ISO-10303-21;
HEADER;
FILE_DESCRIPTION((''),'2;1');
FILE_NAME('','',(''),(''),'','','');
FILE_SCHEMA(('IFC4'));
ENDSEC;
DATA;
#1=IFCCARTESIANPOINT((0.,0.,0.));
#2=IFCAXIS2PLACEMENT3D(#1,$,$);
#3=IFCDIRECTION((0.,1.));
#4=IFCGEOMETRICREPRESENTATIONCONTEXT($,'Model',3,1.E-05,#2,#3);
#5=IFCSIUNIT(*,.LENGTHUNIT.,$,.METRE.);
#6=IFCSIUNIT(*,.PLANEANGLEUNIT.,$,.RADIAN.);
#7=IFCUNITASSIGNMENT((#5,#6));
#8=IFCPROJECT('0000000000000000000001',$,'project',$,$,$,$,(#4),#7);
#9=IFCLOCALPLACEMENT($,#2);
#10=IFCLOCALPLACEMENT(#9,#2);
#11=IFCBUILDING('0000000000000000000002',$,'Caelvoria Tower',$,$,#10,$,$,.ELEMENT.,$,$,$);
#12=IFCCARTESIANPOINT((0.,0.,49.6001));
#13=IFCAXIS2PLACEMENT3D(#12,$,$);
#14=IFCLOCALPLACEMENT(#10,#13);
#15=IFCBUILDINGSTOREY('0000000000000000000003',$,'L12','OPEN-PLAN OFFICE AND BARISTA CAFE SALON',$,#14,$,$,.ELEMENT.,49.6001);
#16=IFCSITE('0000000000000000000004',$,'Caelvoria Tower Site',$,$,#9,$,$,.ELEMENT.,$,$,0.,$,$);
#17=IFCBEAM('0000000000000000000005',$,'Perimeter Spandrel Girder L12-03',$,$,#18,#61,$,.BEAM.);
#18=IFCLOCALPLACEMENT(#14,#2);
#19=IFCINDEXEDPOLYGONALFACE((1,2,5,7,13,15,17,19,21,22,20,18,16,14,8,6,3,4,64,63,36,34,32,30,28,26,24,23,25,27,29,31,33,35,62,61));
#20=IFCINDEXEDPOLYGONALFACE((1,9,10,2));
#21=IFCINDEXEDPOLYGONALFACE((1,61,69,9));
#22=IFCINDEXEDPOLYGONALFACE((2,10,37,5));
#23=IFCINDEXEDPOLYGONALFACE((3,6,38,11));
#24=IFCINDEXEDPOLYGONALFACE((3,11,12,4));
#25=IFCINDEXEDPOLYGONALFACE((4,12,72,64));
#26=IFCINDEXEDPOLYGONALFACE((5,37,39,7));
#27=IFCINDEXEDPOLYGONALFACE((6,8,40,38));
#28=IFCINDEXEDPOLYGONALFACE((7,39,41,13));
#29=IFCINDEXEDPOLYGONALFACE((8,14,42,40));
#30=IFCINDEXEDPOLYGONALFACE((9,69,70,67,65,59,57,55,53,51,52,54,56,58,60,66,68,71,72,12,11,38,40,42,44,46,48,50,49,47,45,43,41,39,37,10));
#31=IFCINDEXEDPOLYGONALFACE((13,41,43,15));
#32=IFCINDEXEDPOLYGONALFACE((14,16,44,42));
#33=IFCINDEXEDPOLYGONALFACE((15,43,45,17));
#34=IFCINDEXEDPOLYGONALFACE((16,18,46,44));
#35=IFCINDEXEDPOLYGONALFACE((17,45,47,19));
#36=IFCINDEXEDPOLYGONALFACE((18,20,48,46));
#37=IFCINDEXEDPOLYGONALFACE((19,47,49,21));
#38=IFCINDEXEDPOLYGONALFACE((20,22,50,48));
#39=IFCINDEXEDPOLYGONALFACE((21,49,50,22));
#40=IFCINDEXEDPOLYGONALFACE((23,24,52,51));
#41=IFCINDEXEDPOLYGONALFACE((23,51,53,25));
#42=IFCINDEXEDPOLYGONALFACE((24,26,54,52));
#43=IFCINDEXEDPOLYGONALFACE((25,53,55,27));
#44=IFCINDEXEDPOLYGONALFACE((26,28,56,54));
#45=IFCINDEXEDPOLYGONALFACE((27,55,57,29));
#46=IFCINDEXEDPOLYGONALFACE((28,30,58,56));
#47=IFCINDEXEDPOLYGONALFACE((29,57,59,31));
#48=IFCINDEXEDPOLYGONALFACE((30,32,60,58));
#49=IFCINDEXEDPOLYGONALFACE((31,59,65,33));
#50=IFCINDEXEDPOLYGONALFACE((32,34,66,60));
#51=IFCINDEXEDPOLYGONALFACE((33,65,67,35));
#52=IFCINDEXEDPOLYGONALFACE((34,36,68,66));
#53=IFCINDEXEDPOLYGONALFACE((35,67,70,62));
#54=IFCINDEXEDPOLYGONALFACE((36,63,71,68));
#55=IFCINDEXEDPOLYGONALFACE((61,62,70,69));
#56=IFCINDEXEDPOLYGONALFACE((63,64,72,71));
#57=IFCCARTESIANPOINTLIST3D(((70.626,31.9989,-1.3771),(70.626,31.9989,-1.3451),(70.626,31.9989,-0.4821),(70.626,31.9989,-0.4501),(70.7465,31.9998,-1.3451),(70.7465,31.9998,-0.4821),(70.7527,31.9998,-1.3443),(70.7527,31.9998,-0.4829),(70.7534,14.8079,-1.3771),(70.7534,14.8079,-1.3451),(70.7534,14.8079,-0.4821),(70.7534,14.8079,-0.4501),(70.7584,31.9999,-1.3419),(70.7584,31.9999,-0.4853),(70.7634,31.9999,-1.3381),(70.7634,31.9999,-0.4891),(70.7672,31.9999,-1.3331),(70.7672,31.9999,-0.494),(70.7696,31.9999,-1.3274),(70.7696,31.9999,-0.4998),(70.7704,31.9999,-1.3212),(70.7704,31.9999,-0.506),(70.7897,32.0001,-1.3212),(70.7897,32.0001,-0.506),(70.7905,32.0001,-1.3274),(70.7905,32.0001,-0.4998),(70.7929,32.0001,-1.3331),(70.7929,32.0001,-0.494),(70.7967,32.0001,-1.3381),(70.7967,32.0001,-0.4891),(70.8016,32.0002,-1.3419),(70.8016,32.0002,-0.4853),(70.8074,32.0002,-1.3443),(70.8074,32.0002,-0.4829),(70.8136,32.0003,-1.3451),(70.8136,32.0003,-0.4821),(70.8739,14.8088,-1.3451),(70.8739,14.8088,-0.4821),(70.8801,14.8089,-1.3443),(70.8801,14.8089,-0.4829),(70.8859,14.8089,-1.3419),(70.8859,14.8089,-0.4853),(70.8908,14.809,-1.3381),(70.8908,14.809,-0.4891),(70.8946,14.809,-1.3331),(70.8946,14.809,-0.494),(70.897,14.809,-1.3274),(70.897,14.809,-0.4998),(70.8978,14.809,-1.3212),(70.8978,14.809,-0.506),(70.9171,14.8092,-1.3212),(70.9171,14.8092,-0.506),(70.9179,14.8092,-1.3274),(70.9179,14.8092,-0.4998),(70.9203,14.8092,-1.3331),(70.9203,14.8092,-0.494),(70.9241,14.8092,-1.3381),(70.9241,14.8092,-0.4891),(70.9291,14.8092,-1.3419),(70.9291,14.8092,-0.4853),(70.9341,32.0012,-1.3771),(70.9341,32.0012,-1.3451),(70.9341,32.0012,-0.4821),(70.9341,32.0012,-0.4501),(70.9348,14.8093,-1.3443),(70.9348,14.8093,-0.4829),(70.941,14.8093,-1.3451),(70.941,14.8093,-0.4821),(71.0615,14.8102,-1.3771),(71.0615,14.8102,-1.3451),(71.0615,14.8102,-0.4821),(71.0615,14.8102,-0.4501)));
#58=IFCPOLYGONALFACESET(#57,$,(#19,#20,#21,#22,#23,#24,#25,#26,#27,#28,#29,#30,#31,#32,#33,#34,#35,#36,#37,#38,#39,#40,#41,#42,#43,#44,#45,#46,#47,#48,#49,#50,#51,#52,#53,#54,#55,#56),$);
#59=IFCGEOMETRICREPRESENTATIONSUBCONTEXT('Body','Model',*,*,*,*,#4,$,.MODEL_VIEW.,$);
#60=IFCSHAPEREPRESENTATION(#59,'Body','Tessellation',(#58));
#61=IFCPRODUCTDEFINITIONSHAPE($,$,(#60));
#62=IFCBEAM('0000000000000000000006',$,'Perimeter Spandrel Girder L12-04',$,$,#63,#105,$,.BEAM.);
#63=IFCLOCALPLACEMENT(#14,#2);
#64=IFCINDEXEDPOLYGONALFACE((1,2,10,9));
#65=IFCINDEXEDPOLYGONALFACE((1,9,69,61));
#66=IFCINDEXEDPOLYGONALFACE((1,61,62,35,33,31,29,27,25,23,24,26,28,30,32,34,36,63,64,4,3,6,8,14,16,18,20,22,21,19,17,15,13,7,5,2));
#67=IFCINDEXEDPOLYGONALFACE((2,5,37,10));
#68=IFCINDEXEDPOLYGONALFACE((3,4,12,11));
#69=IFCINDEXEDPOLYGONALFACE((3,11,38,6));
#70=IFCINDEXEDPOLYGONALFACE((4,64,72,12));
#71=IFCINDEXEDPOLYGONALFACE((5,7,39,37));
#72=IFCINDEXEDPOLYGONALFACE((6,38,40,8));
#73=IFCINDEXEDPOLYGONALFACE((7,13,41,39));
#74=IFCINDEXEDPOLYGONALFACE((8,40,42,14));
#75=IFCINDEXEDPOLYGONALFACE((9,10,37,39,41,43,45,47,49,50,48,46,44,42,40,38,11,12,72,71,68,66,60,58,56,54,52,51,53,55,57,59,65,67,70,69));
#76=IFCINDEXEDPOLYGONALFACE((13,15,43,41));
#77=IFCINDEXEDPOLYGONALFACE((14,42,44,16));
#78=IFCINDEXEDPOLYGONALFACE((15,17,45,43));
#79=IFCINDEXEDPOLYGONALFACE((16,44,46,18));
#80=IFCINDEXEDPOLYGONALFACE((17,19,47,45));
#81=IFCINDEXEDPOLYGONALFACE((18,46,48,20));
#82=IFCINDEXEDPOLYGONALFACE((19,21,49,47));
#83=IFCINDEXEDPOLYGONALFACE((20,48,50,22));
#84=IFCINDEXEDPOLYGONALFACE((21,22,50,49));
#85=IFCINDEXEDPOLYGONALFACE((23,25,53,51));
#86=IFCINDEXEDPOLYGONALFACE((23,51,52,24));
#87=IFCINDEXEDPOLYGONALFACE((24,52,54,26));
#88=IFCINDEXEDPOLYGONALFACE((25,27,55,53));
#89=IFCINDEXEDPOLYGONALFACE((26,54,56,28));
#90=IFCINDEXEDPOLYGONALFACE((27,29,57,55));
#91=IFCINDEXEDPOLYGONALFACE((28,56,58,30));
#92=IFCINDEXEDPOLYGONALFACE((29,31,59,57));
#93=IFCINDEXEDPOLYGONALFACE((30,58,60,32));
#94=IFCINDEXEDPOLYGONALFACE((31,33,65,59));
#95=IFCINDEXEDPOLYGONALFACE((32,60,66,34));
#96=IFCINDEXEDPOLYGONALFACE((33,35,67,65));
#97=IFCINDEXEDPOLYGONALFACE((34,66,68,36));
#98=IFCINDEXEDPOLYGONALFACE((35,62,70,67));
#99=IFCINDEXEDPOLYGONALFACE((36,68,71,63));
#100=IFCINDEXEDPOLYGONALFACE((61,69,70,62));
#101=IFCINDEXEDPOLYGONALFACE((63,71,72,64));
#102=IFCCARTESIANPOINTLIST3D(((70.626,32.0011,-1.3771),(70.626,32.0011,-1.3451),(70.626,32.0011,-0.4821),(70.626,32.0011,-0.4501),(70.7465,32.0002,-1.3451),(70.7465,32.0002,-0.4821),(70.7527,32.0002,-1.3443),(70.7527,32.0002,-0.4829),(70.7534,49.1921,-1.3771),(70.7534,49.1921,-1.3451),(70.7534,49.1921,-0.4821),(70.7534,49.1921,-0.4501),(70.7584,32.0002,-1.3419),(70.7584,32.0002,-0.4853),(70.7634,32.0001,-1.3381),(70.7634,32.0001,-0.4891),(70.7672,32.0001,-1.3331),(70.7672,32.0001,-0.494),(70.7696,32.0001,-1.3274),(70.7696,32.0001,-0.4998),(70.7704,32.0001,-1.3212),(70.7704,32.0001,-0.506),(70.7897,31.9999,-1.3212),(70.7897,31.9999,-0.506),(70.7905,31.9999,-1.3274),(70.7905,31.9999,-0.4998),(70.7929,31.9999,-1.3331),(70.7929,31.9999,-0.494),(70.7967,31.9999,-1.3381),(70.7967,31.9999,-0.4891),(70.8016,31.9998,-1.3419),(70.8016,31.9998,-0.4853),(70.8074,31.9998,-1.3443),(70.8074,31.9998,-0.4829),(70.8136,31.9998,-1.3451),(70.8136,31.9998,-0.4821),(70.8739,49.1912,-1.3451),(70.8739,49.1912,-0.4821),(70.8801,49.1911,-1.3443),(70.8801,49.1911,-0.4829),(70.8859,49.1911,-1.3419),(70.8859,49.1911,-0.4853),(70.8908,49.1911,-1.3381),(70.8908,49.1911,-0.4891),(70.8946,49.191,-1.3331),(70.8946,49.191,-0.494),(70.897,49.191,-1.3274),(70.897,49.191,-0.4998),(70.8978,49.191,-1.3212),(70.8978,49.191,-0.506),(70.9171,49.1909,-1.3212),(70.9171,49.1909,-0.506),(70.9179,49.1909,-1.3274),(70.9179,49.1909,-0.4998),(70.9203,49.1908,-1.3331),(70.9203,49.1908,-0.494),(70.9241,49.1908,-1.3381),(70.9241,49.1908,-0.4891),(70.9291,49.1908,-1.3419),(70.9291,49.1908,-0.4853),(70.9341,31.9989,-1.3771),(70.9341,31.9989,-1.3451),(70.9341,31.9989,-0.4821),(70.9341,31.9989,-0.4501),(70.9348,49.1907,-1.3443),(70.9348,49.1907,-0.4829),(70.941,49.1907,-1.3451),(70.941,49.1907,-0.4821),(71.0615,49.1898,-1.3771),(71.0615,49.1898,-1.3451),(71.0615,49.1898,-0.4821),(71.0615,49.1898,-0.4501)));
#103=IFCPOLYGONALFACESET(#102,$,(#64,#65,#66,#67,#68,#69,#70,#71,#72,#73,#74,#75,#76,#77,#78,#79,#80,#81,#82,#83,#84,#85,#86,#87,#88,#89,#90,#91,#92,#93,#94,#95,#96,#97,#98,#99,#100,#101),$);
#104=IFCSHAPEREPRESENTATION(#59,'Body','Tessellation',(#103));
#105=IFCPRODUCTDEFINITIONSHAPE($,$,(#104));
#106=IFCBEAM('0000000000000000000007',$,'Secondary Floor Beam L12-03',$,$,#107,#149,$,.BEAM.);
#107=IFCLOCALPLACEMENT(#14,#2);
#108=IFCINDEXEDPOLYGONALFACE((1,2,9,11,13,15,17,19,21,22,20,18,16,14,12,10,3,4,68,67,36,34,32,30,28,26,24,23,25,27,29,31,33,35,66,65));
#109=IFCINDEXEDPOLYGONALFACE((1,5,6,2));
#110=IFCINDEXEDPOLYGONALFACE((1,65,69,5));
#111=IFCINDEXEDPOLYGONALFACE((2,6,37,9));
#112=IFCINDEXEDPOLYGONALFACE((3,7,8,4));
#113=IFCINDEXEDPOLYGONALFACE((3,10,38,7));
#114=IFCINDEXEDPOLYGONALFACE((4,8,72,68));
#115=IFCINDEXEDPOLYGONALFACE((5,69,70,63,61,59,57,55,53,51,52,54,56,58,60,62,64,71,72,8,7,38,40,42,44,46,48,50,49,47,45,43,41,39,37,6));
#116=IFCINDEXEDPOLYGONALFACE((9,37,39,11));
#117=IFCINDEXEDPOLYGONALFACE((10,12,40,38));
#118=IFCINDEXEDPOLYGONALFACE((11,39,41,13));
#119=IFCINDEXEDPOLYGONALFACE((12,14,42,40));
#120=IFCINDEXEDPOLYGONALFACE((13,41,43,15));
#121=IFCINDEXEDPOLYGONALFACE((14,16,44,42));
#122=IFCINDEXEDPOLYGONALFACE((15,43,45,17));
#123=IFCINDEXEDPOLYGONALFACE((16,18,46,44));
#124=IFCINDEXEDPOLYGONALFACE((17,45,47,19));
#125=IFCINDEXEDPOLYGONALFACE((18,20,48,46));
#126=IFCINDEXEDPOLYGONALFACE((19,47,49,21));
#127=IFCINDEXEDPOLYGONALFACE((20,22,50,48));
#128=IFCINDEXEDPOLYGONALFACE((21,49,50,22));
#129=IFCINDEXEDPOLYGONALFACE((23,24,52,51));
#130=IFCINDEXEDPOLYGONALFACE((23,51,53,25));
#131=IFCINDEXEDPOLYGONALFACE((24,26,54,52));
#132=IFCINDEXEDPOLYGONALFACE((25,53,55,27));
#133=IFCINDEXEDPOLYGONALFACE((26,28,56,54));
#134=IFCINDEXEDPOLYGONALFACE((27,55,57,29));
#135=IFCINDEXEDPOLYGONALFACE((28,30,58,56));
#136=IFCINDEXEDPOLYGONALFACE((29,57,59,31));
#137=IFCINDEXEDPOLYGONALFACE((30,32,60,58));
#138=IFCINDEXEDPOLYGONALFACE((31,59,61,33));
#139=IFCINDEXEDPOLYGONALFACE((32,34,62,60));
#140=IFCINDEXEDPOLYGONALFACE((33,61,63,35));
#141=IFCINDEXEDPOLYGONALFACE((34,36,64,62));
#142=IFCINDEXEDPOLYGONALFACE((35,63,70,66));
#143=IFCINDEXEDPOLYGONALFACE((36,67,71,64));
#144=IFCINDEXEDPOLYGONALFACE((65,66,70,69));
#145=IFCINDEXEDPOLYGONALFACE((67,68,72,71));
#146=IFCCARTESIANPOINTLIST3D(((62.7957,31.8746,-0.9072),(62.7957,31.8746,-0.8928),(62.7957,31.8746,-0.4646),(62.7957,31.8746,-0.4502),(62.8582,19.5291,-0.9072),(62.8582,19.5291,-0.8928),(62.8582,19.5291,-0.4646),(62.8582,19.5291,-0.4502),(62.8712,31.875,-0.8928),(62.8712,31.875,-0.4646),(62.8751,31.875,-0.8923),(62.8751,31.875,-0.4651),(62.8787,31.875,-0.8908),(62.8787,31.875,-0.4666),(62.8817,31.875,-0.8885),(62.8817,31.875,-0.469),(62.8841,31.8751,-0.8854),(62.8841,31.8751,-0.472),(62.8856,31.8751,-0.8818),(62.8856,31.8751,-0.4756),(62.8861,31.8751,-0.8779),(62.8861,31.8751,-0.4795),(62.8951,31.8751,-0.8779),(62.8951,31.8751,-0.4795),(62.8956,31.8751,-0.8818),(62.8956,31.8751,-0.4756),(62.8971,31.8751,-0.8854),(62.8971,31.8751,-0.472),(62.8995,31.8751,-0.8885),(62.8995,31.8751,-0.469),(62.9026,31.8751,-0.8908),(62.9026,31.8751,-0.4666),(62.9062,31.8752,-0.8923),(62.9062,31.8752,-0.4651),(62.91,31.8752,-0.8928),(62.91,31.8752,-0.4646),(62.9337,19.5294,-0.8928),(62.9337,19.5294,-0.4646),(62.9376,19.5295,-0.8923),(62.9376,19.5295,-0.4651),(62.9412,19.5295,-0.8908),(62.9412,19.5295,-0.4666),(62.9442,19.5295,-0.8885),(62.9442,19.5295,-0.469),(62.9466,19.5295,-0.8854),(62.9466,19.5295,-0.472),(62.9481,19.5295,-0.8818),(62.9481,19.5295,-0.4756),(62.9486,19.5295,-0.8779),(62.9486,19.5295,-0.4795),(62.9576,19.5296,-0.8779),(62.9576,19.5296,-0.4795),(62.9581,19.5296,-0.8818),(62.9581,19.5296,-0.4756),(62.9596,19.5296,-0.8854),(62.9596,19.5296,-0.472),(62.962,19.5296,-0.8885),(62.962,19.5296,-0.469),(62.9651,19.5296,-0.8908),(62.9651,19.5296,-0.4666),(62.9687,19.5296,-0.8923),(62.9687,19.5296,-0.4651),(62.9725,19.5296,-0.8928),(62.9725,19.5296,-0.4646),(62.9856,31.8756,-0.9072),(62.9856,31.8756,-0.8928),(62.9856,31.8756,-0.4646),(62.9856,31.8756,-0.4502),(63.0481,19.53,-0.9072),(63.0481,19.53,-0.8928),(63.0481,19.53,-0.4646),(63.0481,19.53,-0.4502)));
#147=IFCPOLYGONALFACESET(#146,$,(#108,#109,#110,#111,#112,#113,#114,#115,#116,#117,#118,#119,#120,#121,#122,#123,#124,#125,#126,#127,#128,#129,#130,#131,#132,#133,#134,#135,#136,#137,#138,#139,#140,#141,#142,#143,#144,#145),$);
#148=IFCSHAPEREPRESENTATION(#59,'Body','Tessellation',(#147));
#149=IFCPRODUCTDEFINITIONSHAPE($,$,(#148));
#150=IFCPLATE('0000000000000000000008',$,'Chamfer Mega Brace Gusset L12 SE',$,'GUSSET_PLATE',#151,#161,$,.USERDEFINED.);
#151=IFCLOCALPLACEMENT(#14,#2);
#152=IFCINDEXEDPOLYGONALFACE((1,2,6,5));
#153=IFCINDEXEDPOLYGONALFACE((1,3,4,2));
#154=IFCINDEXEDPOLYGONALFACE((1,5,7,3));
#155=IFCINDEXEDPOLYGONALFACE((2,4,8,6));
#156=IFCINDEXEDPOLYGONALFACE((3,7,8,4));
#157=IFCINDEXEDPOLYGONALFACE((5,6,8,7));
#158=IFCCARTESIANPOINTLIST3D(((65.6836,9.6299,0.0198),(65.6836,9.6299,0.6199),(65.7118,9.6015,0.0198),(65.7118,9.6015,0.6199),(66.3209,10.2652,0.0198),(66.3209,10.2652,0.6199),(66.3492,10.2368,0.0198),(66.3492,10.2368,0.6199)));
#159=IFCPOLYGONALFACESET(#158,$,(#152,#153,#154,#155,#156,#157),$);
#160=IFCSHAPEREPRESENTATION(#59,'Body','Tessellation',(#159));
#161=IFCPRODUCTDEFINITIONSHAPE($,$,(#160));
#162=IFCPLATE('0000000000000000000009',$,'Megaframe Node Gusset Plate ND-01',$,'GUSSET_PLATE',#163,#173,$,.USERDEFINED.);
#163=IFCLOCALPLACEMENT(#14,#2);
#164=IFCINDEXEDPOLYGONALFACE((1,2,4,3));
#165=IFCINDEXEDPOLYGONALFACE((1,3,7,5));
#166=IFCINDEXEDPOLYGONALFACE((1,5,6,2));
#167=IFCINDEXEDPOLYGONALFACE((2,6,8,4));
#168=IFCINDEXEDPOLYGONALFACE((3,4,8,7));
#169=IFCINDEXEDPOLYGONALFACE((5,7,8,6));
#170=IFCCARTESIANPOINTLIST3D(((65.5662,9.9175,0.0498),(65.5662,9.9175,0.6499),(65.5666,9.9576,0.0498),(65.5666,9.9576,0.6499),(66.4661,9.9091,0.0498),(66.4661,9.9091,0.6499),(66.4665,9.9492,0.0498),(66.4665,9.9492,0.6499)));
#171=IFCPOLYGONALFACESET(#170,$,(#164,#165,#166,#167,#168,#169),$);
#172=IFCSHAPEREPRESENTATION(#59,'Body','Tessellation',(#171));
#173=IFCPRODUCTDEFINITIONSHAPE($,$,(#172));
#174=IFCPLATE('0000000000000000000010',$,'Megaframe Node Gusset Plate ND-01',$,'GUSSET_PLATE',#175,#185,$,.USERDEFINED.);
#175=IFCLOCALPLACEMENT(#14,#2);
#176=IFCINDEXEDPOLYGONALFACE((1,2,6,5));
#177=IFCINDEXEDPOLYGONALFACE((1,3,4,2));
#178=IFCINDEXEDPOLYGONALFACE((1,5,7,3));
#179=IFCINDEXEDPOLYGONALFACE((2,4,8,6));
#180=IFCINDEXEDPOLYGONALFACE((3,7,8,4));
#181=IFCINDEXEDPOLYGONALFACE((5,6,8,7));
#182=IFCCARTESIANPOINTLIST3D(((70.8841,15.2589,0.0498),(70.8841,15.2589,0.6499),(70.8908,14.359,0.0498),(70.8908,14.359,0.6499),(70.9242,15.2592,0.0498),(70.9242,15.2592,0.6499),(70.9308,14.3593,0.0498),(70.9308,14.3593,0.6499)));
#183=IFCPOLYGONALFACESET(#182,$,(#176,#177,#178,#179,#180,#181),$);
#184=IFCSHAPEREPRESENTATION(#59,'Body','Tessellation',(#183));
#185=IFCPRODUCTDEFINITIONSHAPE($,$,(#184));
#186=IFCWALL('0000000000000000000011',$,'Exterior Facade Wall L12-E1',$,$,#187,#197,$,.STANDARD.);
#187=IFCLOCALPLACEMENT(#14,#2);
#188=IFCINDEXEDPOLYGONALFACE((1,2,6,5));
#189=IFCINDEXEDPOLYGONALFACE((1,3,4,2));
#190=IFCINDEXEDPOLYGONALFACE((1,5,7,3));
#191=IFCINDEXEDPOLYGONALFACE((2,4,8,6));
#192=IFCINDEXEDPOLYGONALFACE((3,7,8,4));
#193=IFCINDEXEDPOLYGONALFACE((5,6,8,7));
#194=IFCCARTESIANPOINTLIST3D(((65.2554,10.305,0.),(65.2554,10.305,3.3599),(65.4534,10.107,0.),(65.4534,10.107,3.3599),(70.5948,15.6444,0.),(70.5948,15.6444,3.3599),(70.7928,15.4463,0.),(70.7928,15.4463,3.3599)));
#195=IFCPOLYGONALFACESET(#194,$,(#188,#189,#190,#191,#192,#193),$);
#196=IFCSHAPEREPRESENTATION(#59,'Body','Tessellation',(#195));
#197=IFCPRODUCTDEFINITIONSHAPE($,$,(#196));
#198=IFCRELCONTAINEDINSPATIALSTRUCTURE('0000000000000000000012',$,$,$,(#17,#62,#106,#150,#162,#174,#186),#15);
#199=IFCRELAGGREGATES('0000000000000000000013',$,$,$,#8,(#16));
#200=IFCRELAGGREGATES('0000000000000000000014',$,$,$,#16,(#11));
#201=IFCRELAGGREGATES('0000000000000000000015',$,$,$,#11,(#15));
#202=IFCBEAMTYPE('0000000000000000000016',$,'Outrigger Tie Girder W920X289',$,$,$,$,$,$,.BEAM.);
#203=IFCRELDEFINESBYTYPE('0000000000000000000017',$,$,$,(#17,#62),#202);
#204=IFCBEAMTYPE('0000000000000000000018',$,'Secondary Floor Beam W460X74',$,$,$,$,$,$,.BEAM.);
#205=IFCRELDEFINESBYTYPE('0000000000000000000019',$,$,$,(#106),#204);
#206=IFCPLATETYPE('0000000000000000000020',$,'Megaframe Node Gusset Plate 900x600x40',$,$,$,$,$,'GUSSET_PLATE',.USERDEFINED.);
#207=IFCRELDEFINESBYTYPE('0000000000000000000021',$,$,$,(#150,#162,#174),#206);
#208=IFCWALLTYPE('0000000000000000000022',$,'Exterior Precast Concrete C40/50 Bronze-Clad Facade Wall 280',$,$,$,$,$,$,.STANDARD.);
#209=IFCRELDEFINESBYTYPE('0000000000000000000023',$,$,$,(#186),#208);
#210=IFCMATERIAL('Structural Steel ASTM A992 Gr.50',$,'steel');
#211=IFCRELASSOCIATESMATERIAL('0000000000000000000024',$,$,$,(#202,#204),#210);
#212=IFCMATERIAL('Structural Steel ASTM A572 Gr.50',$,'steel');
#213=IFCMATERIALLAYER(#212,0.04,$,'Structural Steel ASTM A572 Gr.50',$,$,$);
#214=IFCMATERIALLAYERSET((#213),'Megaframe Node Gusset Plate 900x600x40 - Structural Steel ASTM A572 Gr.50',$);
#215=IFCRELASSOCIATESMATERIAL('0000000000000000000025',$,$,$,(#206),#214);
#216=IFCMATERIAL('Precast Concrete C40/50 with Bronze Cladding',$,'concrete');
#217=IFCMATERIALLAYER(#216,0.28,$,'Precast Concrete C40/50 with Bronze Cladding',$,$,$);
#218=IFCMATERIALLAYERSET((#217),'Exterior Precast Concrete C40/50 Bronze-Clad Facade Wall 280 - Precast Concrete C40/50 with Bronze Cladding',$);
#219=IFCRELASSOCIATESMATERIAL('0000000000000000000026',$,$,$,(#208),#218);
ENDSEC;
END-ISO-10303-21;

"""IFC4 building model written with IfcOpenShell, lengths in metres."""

from ifc_helpers import new_model, si_unit, direction, frame, frame_2d, origin, origin_2d, place, context, subcontext, project, spatial, rectangle, i_section, extrude, material, layer, layer_set, material_profile, profile_set, type_object, element, save


model = new_model("IFC4")

# Units and contexts
model_context = context("Model", 3, precision=1e-05, world=origin(), true_north=direction((0.0, 1.0)))
body_context = subcontext(model_context, "Body", "Model", "MODEL_VIEW")
ifc_project = project(units=[si_unit("LENGTHUNIT", "METRE"), si_unit("PLANEANGLEUNIT", "RADIAN")], contexts=[model_context])

# Site, building, storey
site_placement = place(None, origin())
site = spatial("IfcSite", under=ifc_project, at=site_placement, Name="Caelvoria Tower Site", CompositionType="ELEMENT", RefElevation=0.0)
building_placement = place(site_placement, origin())
building = spatial("IfcBuilding", under=site, at=building_placement, Name="Caelvoria Tower", CompositionType="ELEMENT")
storey_placement = place(building_placement, frame((0.0, 0.0, 49.6001)))
storey = spatial("IfcBuildingStorey", under=building, at=storey_placement, Name="L12", Description="OPEN-PLAN OFFICE AND BARISTA CAFE SALON", CompositionType="ELEMENT", Elevation=49.6001)

# Shared definitions
ifc_material_1 = material(Name="Structural Steel ASTM A572 Gr.50", Category="steel")

# Beams
ifc_material_2 = material(Name="Structural Steel ASTM A992 Gr.50", Category="steel")
ifc_material_profile_1 = material_profile(ifc_material_2, i_section(OverallWidth=0.3081, OverallDepth=0.927, WebThickness=0.0193, FlangeThickness=0.032, FilletRadius=0.0239, at=origin_2d()), Name="Structural Steel ASTM A992 Gr.50")
ifc_profile_set_1 = profile_set([ifc_material_profile_1], Name="W920X289 - Structural Steel ASTM A992 Gr.50")
beam_type_1 = type_object("IfcBeamType", Name="Outrigger Tie Girder W920X289", PredefinedType="BEAM", material=ifc_profile_set_1)
for number, where, z_axis, x_axis, name in (
    (1, (70.9075, 14.8091, -0.9136), (-0.007413, 0.999973, 0.0), (-0.999973, -0.007413, 0.0), "Perimeter Spandrel Girder L12-03"),
    (2, (70.78, 32.0, -0.9136), (0.007413, 0.999973, 0.0), (-0.999973, 0.007413, 0.0), "Perimeter Spandrel Girder L12-04"),
):
    element("IfcBeam", number, at=place(storey_placement, frame(where, z_axis=z_axis, x_axis=x_axis)), inside=storey, type_object=beam_type_1, Name=name, PredefinedType="BEAM", context=body_context, shape_type="SweptSolid", body=[
        extrude(i_section(OverallWidth=0.3081, OverallDepth=0.927, WebThickness=0.0193, FlangeThickness=0.032, FilletRadius=0.0239, at=origin_2d()), origin(), (0.0, 0.0, 1.0), 17.1914),
    ])
ifc_material_profile_2 = material_profile(ifc_material_2, i_section(OverallWidth=0.1899, OverallDepth=0.457, WebThickness=0.009, FlangeThickness=0.0144, FilletRadius=0.0149, at=origin_2d()), Name="Structural Steel ASTM A992 Gr.50")
ifc_profile_set_2 = profile_set([ifc_material_profile_2], Name="W460X74 - Structural Steel ASTM A992 Gr.50")
beam_type_2 = type_object("IfcBeamType", Name="Secondary Floor Beam W460X74", PredefinedType="BEAM", material=ifc_profile_set_2)
beam_1_placement = place(storey_placement, frame((62.9531, 19.5295, -0.6787), z_axis=(-0.005063, 0.999987, 0.0), x_axis=(-0.999987, -0.005063, 0.0)))
element("IfcBeam", 3, at=beam_1_placement, inside=storey, type_object=beam_type_2, Name="Secondary Floor Beam L12-03", PredefinedType="BEAM", context=body_context, shape_type="SweptSolid", body=[
    extrude(i_section(OverallWidth=0.1899, OverallDepth=0.457, WebThickness=0.009, FlangeThickness=0.0144, FilletRadius=0.0149, at=origin_2d()), origin(), (0.0, 0.0, 1.0), 12.3457),
])

# Plates
ifc_layer_1 = layer(ifc_material_1, 0.04, Name="Structural Steel ASTM A572 Gr.50")
ifc_layer_set_1 = layer_set([ifc_layer_1], Name="Megaframe Node Gusset Plate 900x600x40 - Structural Steel ASTM A572 Gr.50")
plate_type = type_object("IfcPlateType", Name="Megaframe Node Gusset Plate 900x600x40", ElementType="GUSSET_PLATE", PredefinedType="USERDEFINED", material=ifc_layer_set_1)
for number, where, z_axis, x_axis, name in (
    (4, (66.0164, 9.9333, 0.0198), (0.0, 0.0, 1.0), (0.70822, 0.705991, 0.0), "Chamfer Mega Brace Gusset L12 SE"),
    (5, (66.0164, 9.9333, 0.0498), (0.0, 0.0, 1.0), (-0.999957, 0.009327, 0.0), "Megaframe Node Gusset Plate ND-01"),
    (6, (70.9075, 14.8091, 0.0498), (0.0, 0.0, 1.0), (-0.007411, 0.999973, 0.0), "Megaframe Node Gusset Plate ND-01"),
):
    element("IfcPlate", number, at=place(storey_placement, frame(where, z_axis=z_axis, x_axis=x_axis)), inside=storey, type_object=plate_type, Name=name, ObjectType="GUSSET_PLATE", PredefinedType="USERDEFINED", context=body_context, shape_type="SweptSolid", body=[
        extrude(rectangle(XDim=0.8999, YDim=0.04, at=origin_2d()), origin(), (0.0, 0.0, 1.0), 0.6001),
    ])

# Wall
ifc_material_3 = material(Name="Precast Concrete C40/50 with Bronze Cladding", Category="concrete")
ifc_layer_2 = layer(ifc_material_3, 0.28, Name="Precast Concrete C40/50 with Bronze Cladding")
ifc_layer_set_2 = layer_set([ifc_layer_2], Name="Exterior Precast Concrete C40/50 Bronze-Clad Facade Wall 280 - Precast Concrete C40/50 with Bronze Cladding")
wall_type = type_object("IfcWallType", Name="Exterior Precast Concrete C40/50 Bronze-Clad Facade Wall 280", PredefinedType="STANDARD", material=ifc_layer_set_2)
wall_1_placement = place(storey_placement, frame((65.3545, 10.2061, 0.0), z_axis=(0.0, 0.0, 1.0), x_axis=(0.707107, 0.707107, 0.0)))
element("IfcWall", 7, at=wall_1_placement, inside=storey, type_object=wall_type, Name="Exterior Facade Wall L12-E1", PredefinedType="STANDARD", context=body_context, shape_type="SweptSolid", body=[
    extrude(rectangle(XDim=7.551, YDim=0.28, at=frame_2d((3.7754, 0.0))), origin(), (0.0, 0.0, 1.0), 3.3599),
])

save(model, "model.ifc")
